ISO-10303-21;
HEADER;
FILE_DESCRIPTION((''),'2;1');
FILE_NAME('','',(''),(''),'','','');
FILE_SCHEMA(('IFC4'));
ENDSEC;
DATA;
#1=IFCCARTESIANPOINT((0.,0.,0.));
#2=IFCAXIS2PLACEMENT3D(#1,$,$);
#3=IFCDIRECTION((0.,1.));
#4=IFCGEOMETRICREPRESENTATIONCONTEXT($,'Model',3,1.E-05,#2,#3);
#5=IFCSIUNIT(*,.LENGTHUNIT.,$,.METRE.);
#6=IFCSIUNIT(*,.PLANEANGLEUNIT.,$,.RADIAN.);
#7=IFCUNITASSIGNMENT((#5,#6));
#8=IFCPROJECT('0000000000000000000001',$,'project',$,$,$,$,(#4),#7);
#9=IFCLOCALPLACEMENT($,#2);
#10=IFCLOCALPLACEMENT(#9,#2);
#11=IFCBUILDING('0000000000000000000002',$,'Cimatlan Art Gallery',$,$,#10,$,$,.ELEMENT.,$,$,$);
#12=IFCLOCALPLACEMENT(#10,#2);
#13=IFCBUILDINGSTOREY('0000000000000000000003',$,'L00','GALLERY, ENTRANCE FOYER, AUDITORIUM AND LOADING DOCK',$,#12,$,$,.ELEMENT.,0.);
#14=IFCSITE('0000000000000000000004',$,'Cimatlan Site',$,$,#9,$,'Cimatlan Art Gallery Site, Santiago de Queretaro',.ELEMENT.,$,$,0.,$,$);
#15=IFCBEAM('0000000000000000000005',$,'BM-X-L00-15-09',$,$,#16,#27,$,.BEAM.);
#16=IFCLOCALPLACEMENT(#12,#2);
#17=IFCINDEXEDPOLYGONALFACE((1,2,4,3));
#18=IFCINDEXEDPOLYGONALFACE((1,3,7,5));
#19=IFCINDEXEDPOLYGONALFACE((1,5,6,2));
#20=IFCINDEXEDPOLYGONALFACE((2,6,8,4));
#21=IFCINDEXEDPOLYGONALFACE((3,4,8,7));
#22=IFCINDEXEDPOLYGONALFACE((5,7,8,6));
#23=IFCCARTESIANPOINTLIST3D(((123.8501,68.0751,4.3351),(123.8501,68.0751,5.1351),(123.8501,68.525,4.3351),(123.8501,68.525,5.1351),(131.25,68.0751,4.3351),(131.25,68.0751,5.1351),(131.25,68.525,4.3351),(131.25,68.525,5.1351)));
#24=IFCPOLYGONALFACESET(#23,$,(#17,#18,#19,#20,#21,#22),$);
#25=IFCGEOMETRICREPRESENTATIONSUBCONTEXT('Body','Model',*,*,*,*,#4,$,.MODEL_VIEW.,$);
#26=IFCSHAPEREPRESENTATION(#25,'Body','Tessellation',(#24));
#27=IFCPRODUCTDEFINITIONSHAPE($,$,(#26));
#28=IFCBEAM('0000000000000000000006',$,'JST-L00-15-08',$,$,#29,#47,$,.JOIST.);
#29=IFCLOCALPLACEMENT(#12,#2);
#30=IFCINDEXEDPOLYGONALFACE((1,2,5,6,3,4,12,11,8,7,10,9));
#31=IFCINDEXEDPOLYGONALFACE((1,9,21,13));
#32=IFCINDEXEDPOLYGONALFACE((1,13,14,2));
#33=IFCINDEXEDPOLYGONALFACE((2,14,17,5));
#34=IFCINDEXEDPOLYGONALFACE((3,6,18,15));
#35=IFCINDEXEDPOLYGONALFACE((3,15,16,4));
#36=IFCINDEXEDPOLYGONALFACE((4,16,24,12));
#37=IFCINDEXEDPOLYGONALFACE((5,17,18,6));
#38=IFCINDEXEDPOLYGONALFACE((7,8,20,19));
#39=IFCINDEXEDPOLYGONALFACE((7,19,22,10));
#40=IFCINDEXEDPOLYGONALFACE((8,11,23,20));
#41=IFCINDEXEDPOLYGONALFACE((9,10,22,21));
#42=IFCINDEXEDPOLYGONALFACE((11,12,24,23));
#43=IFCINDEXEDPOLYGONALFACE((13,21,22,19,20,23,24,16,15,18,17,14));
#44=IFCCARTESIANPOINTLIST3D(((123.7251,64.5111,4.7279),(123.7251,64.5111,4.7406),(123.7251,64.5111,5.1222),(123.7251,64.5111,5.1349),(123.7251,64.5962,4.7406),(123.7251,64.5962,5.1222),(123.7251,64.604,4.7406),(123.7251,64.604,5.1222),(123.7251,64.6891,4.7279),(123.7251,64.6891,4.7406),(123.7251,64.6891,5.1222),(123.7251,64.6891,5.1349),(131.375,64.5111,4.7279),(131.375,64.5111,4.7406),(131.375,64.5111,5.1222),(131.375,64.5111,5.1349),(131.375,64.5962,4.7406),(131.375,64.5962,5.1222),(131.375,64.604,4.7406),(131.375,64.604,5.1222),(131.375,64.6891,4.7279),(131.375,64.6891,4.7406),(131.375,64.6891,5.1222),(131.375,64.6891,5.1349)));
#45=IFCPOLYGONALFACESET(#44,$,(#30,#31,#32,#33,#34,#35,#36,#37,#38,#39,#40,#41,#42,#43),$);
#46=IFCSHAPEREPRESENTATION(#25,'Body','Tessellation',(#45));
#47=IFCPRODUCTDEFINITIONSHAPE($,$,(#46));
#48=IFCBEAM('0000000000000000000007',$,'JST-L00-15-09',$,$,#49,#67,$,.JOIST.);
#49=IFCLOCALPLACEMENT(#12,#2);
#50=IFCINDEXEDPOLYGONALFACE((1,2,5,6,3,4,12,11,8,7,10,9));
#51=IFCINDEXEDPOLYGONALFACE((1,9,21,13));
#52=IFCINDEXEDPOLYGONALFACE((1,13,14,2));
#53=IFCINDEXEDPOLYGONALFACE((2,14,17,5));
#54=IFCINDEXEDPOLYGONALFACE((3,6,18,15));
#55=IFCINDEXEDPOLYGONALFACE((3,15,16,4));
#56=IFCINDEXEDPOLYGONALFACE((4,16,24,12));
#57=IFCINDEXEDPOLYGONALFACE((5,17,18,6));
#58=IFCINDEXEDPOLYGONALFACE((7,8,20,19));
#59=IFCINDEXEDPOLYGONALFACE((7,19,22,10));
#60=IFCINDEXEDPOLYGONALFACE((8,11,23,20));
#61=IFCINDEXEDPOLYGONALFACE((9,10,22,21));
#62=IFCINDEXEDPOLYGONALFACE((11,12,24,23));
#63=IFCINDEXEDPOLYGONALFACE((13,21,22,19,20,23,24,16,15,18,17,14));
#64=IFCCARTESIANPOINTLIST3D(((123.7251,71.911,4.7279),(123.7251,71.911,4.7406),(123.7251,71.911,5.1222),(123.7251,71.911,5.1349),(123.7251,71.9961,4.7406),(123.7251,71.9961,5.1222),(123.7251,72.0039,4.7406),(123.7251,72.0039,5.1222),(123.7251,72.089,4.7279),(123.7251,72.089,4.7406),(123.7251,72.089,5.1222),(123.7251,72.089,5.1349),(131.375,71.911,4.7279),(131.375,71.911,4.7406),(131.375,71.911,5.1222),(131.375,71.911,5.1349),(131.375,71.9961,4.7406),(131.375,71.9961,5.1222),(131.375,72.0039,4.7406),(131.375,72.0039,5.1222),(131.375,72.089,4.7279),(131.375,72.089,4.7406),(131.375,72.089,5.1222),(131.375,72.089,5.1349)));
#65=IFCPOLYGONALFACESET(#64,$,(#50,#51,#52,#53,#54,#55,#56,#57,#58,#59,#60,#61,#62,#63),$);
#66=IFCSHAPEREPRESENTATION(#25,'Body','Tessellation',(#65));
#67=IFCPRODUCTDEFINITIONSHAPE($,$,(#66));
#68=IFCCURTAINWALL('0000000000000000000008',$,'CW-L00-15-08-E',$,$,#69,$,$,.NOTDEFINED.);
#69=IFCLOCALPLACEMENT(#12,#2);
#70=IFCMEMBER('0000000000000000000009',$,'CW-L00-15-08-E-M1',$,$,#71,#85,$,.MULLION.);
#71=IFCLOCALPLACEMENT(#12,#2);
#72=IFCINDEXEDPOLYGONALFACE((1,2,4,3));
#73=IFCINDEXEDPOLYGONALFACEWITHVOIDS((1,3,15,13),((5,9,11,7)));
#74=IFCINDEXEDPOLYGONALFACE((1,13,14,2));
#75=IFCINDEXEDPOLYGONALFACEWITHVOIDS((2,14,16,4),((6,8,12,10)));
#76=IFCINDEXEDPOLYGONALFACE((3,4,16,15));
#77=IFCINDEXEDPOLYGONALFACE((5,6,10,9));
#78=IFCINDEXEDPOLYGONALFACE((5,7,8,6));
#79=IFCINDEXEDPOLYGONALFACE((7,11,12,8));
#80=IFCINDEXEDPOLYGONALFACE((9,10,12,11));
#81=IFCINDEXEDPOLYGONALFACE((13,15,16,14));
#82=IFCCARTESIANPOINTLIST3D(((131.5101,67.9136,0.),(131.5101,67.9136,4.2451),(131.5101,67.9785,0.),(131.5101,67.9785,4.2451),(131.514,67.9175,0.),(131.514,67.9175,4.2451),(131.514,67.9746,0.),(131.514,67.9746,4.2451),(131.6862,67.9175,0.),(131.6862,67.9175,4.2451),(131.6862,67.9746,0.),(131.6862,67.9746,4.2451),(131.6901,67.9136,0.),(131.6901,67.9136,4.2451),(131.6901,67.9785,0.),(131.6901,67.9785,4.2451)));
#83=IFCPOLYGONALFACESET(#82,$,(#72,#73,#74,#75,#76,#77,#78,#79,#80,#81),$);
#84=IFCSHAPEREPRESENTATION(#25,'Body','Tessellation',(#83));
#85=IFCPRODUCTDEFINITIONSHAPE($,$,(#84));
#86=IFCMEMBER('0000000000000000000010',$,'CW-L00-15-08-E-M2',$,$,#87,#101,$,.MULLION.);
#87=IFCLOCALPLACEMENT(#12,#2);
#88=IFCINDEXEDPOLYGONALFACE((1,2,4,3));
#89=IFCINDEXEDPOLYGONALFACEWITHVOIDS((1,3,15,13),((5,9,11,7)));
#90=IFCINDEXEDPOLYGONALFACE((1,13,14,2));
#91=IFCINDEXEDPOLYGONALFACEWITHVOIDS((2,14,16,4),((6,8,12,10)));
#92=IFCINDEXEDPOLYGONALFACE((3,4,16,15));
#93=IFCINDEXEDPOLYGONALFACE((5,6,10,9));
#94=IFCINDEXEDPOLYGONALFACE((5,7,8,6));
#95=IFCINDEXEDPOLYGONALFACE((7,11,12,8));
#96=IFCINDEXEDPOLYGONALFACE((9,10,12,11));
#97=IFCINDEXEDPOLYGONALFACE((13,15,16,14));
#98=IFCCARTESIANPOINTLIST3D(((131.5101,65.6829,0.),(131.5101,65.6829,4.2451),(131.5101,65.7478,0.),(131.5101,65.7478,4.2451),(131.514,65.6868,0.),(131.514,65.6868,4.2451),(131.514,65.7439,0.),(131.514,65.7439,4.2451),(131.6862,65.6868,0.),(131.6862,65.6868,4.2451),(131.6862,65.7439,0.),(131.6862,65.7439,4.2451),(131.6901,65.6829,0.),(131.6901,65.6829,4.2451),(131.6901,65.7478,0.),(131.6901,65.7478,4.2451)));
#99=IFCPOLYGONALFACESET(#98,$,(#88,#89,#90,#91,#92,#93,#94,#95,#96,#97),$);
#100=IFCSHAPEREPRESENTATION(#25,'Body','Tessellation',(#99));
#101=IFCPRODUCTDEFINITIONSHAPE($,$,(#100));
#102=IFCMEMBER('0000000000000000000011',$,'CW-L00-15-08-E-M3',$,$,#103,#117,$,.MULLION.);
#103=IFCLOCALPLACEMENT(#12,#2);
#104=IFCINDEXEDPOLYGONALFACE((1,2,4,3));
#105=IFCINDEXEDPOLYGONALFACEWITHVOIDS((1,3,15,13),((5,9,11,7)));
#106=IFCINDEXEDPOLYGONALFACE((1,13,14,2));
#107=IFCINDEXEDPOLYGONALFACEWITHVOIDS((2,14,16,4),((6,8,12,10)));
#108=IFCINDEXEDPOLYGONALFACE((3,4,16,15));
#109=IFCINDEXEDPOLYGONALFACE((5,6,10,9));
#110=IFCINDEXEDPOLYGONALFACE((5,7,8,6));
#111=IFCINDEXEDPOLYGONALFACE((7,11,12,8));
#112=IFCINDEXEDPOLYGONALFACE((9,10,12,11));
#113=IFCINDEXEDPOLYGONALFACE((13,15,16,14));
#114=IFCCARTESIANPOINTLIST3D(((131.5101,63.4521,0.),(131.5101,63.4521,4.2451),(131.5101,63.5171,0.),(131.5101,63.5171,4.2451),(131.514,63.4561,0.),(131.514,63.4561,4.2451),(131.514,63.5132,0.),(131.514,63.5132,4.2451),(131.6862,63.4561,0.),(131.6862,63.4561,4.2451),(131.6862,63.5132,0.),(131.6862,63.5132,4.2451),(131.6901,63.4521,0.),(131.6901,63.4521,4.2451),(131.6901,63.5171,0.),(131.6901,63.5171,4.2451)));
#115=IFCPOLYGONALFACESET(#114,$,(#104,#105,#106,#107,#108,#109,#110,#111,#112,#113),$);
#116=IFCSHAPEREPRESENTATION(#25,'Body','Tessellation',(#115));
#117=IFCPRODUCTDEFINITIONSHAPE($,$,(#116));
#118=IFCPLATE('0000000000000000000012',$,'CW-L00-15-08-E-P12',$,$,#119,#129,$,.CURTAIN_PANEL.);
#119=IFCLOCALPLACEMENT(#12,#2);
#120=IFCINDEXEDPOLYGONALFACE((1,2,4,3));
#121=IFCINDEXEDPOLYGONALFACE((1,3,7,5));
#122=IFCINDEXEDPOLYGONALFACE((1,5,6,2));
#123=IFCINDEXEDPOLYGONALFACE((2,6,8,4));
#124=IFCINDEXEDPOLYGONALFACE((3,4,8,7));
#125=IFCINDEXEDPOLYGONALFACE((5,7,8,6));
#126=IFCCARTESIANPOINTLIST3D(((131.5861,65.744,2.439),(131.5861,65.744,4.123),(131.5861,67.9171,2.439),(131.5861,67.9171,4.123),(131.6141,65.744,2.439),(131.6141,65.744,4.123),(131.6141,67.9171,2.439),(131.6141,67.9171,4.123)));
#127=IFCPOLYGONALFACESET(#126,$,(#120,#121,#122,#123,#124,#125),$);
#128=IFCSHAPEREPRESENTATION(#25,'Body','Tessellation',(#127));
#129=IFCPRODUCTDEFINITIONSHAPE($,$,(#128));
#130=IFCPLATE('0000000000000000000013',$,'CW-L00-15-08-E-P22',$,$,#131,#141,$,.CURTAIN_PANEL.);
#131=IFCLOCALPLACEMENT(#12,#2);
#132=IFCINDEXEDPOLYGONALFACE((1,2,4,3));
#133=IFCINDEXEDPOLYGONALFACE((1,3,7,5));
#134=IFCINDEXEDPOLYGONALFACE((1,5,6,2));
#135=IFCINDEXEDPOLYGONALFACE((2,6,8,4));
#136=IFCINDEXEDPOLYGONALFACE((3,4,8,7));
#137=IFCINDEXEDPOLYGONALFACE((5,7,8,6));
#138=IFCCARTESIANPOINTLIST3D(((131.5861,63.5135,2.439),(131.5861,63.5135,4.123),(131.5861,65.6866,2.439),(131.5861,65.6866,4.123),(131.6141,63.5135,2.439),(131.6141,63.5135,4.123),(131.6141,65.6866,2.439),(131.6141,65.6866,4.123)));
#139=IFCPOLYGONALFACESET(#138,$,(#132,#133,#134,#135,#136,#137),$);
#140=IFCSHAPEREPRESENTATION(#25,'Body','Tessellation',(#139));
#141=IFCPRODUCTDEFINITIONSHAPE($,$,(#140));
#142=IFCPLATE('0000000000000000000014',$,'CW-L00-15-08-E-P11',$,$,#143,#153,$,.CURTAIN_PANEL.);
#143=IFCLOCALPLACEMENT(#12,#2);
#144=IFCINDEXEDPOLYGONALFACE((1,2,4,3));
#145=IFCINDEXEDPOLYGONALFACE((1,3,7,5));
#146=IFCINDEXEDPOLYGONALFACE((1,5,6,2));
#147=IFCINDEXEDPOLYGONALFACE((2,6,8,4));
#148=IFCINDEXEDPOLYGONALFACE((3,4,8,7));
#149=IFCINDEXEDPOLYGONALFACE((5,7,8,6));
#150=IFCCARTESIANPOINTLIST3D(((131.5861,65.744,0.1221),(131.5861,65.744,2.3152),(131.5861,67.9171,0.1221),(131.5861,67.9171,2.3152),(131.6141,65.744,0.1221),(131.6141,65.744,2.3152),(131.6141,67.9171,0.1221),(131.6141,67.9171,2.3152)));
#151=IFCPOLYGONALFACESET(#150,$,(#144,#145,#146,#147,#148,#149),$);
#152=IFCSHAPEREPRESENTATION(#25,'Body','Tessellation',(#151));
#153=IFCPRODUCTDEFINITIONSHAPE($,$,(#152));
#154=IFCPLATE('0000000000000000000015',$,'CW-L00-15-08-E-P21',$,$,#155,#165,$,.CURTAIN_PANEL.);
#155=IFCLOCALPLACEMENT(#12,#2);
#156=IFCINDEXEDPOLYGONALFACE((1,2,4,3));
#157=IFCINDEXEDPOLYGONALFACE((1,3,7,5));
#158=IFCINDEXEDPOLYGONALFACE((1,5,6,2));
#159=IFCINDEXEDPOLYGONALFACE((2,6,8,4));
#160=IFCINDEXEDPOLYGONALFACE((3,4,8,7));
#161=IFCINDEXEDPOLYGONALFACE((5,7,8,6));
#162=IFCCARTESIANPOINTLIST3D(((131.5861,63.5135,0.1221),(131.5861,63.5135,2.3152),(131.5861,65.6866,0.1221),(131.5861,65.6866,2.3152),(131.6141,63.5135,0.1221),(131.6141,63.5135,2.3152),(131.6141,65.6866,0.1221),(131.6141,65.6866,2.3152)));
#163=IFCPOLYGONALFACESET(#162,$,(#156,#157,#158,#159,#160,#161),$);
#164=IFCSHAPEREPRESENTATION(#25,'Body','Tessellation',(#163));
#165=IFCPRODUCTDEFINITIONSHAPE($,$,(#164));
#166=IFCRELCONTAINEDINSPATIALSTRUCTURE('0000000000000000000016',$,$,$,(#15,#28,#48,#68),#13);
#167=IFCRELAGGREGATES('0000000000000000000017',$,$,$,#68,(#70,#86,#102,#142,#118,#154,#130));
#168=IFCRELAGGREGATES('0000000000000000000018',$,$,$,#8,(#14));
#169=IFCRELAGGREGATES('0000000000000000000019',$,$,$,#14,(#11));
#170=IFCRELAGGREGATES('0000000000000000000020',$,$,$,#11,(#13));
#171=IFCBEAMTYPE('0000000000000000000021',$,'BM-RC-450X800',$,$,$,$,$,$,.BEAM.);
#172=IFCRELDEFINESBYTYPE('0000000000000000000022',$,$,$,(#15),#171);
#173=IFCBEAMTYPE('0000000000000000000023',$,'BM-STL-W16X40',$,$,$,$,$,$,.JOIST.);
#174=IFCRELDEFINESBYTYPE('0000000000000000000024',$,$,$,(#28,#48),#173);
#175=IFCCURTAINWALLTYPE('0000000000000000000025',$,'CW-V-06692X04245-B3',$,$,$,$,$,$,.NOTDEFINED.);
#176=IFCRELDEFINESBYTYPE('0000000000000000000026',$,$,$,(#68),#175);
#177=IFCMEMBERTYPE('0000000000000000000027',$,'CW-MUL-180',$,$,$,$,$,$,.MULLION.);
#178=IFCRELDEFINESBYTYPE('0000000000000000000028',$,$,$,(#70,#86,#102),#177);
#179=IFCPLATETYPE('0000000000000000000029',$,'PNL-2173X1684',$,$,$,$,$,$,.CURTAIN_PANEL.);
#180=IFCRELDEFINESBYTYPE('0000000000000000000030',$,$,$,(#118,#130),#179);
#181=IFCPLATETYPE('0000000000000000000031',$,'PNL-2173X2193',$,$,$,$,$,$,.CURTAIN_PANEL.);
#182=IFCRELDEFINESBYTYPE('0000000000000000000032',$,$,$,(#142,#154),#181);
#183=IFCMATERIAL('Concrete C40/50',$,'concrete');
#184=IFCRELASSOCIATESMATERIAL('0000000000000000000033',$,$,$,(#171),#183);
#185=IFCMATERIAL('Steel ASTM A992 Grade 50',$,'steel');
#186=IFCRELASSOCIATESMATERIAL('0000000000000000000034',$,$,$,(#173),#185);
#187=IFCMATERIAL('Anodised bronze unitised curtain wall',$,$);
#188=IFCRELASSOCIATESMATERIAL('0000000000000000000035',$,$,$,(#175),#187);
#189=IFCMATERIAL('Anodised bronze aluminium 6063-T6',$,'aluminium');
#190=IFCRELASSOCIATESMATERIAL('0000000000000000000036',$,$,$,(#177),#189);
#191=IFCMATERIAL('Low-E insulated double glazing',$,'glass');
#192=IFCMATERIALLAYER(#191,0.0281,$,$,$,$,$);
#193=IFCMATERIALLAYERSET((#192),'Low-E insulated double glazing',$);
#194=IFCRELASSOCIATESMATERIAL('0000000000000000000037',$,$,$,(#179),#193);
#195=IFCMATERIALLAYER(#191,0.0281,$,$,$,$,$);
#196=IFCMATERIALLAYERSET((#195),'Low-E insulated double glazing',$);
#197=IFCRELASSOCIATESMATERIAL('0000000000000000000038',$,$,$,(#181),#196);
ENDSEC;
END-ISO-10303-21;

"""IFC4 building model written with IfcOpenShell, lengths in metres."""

from ifc_helpers import new_model, si_unit, direction, frame, origin, origin_2d, place, context, subcontext, project, spatial, rectangle, hollow_rectangle, i_section, extrude, material, layer, layer_set, material_profile, profile_set, type_object, element, aggregate, save


model = new_model("IFC4")

# Units and contexts
model_context = context("Model", 3, precision=1e-05, world=origin(), true_north=direction((0.0, 1.0)))
body_context = subcontext(model_context, "Body", "Model", "MODEL_VIEW")
ifc_project = project(units=[si_unit("LENGTHUNIT", "METRE"), si_unit("PLANEANGLEUNIT", "RADIAN")], contexts=[model_context])

# Site, building, storey
site_placement = place(None, origin())
site = spatial("IfcSite", under=ifc_project, at=site_placement, Name="Cimatlan Site", LongName="Cimatlan Art Gallery Site, Santiago de Queretaro", CompositionType="ELEMENT", RefElevation=0.0)
building_placement = place(site_placement, origin())
building = spatial("IfcBuilding", under=site, at=building_placement, Name="Cimatlan Art Gallery", CompositionType="ELEMENT")
storey_placement = place(building_placement, origin())
storey = spatial("IfcBuildingStorey", under=building, at=storey_placement, Name="L00", Description="GALLERY, ENTRANCE FOYER, AUDITORIUM AND LOADING DOCK", CompositionType="ELEMENT", Elevation=0.0)

# Shared definitions
ifc_material_1 = material(Name="Concrete C40/50", Category="concrete")

# Beams
ifc_material_profile_1 = material_profile(ifc_material_1, rectangle(XDim=0.45, YDim=0.8, at=origin_2d()), Name="RC450X800")
ifc_profile_set_1 = profile_set([ifc_material_profile_1], Name="Concrete C40/50")
beam_type_1 = type_object("IfcBeamType", Name="BM-RC-450X800", PredefinedType="BEAM", material=ifc_profile_set_1)
beam_1_placement = place(storey_placement, frame((123.8501, 68.3, 4.7351), z_axis=(1.0, 0.0, 0.0), x_axis=(0.0, 1.0, 0.0)))
element("IfcBeam", 1, at=beam_1_placement, inside=storey, type_object=beam_type_1, Name="BM-X-L00-15-09", PredefinedType="BEAM", context=body_context, shape_type="SweptSolid", body=[
    extrude(rectangle(XDim=0.45, YDim=0.8, at=origin_2d()), origin(), (0.0, 0.0, 1.0), 7.3999),
])
ifc_material_2 = material(Name="Steel ASTM A992 Grade 50", Category="steel")
ifc_material_profile_2 = material_profile(ifc_material_2, i_section(OverallWidth=0.178, OverallDepth=0.407, WebThickness=0.0078, FlangeThickness=0.0127, at=origin_2d()), Name="W16X40")
ifc_profile_set_2 = profile_set([ifc_material_profile_2], Name="Steel ASTM A992 Grade 50")
beam_type_2 = type_object("IfcBeamType", Name="BM-STL-W16X40", PredefinedType="JOIST", material=ifc_profile_set_2)
for number, where, z_axis, x_axis, name in (
    (2, (123.7251, 64.6001, 4.9314), (1.0, 0.0, 0.0), (0.0, 1.0, 0.0), "JST-L00-15-08"),
    (3, (123.7251, 72.0, 4.9314), (1.0, 0.0, 0.0), (0.0, 1.0, 0.0), "JST-L00-15-09"),
):
    element("IfcBeam", number, at=place(storey_placement, frame(where, z_axis=z_axis, x_axis=x_axis)), inside=storey, type_object=beam_type_2, Name=name, PredefinedType="JOIST", context=body_context, shape_type="SweptSolid", body=[
        extrude(i_section(OverallWidth=0.178, OverallDepth=0.407, WebThickness=0.0078, FlangeThickness=0.0127, at=origin_2d()), origin(), (0.0, 0.0, 1.0), 7.6499),
    ])

# Curtain wall, members, plates
ifc_material_3 = material(Name="Anodised bronze unitised curtain wall")
curtain_wall_type = type_object("IfcCurtainWallType", Name="CW-V-06692X04245-B3", PredefinedType="NOTDEFINED", material=ifc_material_3)
curtain_wall_placement = place(storey_placement, origin())
curtain_wall = element("IfcCurtainWall", 4, at=curtain_wall_placement, inside=storey, type_object=curtain_wall_type, Name="CW-L00-15-08-E", PredefinedType="NOTDEFINED")
ifc_material_4 = material(Name="Anodised bronze aluminium 6063-T6", Category="aluminium")
ifc_material_profile_3 = material_profile(ifc_material_4, hollow_rectangle(XDim=0.0649, YDim=0.1799, WallThickness=0.0039, at=origin_2d()), Name="ALU65X180X4")
ifc_profile_set_3 = profile_set([ifc_material_profile_3], Name="Anodised bronze aluminium 6063-T6")
member_type = type_object("IfcMemberType", Name="CW-MUL-180", PredefinedType="MULLION", material=ifc_profile_set_3)
member_1_placement = place(storey_placement, frame((131.6001, 67.946, 0.0), z_axis=(0.0, 0.0, 1.0), x_axis=(0.0, 1.0, 0.0)))
member_1 = element("IfcMember", 5, at=member_1_placement, type_object=member_type, Name="CW-L00-15-08-E-M1", PredefinedType="MULLION", context=body_context, shape_type="SweptSolid", body=[
    extrude(hollow_rectangle(XDim=0.0649, YDim=0.1799, WallThickness=0.0039, at=origin_2d()), origin(), (0.0, 0.0, 1.0), 4.2451),
])
member_2_placement = place(storey_placement, frame((131.6001, 65.7153, 0.0), z_axis=(0.0, 0.0, 1.0), x_axis=(0.0, 1.0, 0.0)))
member_2 = element("IfcMember", 6, at=member_2_placement, type_object=member_type, Name="CW-L00-15-08-E-M2", PredefinedType="MULLION", context=body_context, shape_type="SweptSolid", body=[
    extrude(hollow_rectangle(XDim=0.0649, YDim=0.1799, WallThickness=0.0039, at=origin_2d()), origin(), (0.0, 0.0, 1.0), 4.2451),
])
member_3_placement = place(storey_placement, frame((131.6001, 63.4846, 0.0), z_axis=(0.0, 0.0, 1.0), x_axis=(0.0, 1.0, 0.0)))
member_3 = element("IfcMember", 7, at=member_3_placement, type_object=member_type, Name="CW-L00-15-08-E-M3", PredefinedType="MULLION", context=body_context, shape_type="SweptSolid", body=[
    extrude(hollow_rectangle(XDim=0.0649, YDim=0.1799, WallThickness=0.0039, at=origin_2d()), origin(), (0.0, 0.0, 1.0), 4.2451),
])
ifc_material_5 = material(Name="Low-E insulated double glazing", Category="glass")
ifc_layer_1 = layer(ifc_material_5, 0.0281)
ifc_layer_set_1 = layer_set([ifc_layer_1], Name="Low-E insulated double glazing")
plate_type_1 = type_object("IfcPlateType", Name="PNL-2173X1684", PredefinedType="CURTAIN_PANEL", material=ifc_layer_set_1)
plate_1_placement = place(storey_placement, frame((131.6001, 66.8306, 2.439), z_axis=(0.0, 0.0, 1.0), x_axis=(0.0, -1.0, 0.0)))
plate_1 = element("IfcPlate", 8, at=plate_1_placement, type_object=plate_type_1, Name="CW-L00-15-08-E-P12", PredefinedType="CURTAIN_PANEL", context=body_context, shape_type="SweptSolid", body=[
    extrude(rectangle(XDim=2.1731, YDim=0.0281, at=origin_2d()), origin(), (0.0, 0.0, 1.0), 1.6841),
])
plate_2_placement = place(storey_placement, frame((131.6001, 64.6001, 2.439), z_axis=(0.0, 0.0, 1.0), x_axis=(0.0, -1.0, 0.0)))
plate_2 = element("IfcPlate", 9, at=plate_2_placement, type_object=plate_type_1, Name="CW-L00-15-08-E-P22", PredefinedType="CURTAIN_PANEL", context=body_context, shape_type="SweptSolid", body=[
    extrude(rectangle(XDim=2.1731, YDim=0.0281, at=origin_2d()), origin(), (0.0, 0.0, 1.0), 1.6841),
])
ifc_layer_2 = layer(ifc_material_5, 0.0281)
ifc_layer_set_2 = layer_set([ifc_layer_2], Name="Low-E insulated double glazing")
plate_type_2 = type_object("IfcPlateType", Name="PNL-2173X2193", PredefinedType="CURTAIN_PANEL", material=ifc_layer_set_2)
plate_3_placement = place(storey_placement, frame((131.6001, 66.8306, 0.1221), z_axis=(0.0, 0.0, 1.0), x_axis=(0.0, -1.0, 0.0)))
plate_3 = element("IfcPlate", 10, at=plate_3_placement, type_object=plate_type_2, Name="CW-L00-15-08-E-P11", PredefinedType="CURTAIN_PANEL", context=body_context, shape_type="SweptSolid", body=[
    extrude(rectangle(XDim=2.1731, YDim=0.0281, at=origin_2d()), origin(), (0.0, 0.0, 1.0), 2.1931),
])
plate_4_placement = place(storey_placement, frame((131.6001, 64.6001, 0.1221), z_axis=(0.0, 0.0, 1.0), x_axis=(0.0, -1.0, 0.0)))
plate_4 = element("IfcPlate", 11, at=plate_4_placement, type_object=plate_type_2, Name="CW-L00-15-08-E-P21", PredefinedType="CURTAIN_PANEL", context=body_context, shape_type="SweptSolid", body=[
    extrude(rectangle(XDim=2.1731, YDim=0.0281, at=origin_2d()), origin(), (0.0, 0.0, 1.0), 2.1931),
])
aggregate(curtain_wall, [member_1, member_2, member_3, plate_3, plate_1, plate_4, plate_2])

save(model, "model.ifc")
